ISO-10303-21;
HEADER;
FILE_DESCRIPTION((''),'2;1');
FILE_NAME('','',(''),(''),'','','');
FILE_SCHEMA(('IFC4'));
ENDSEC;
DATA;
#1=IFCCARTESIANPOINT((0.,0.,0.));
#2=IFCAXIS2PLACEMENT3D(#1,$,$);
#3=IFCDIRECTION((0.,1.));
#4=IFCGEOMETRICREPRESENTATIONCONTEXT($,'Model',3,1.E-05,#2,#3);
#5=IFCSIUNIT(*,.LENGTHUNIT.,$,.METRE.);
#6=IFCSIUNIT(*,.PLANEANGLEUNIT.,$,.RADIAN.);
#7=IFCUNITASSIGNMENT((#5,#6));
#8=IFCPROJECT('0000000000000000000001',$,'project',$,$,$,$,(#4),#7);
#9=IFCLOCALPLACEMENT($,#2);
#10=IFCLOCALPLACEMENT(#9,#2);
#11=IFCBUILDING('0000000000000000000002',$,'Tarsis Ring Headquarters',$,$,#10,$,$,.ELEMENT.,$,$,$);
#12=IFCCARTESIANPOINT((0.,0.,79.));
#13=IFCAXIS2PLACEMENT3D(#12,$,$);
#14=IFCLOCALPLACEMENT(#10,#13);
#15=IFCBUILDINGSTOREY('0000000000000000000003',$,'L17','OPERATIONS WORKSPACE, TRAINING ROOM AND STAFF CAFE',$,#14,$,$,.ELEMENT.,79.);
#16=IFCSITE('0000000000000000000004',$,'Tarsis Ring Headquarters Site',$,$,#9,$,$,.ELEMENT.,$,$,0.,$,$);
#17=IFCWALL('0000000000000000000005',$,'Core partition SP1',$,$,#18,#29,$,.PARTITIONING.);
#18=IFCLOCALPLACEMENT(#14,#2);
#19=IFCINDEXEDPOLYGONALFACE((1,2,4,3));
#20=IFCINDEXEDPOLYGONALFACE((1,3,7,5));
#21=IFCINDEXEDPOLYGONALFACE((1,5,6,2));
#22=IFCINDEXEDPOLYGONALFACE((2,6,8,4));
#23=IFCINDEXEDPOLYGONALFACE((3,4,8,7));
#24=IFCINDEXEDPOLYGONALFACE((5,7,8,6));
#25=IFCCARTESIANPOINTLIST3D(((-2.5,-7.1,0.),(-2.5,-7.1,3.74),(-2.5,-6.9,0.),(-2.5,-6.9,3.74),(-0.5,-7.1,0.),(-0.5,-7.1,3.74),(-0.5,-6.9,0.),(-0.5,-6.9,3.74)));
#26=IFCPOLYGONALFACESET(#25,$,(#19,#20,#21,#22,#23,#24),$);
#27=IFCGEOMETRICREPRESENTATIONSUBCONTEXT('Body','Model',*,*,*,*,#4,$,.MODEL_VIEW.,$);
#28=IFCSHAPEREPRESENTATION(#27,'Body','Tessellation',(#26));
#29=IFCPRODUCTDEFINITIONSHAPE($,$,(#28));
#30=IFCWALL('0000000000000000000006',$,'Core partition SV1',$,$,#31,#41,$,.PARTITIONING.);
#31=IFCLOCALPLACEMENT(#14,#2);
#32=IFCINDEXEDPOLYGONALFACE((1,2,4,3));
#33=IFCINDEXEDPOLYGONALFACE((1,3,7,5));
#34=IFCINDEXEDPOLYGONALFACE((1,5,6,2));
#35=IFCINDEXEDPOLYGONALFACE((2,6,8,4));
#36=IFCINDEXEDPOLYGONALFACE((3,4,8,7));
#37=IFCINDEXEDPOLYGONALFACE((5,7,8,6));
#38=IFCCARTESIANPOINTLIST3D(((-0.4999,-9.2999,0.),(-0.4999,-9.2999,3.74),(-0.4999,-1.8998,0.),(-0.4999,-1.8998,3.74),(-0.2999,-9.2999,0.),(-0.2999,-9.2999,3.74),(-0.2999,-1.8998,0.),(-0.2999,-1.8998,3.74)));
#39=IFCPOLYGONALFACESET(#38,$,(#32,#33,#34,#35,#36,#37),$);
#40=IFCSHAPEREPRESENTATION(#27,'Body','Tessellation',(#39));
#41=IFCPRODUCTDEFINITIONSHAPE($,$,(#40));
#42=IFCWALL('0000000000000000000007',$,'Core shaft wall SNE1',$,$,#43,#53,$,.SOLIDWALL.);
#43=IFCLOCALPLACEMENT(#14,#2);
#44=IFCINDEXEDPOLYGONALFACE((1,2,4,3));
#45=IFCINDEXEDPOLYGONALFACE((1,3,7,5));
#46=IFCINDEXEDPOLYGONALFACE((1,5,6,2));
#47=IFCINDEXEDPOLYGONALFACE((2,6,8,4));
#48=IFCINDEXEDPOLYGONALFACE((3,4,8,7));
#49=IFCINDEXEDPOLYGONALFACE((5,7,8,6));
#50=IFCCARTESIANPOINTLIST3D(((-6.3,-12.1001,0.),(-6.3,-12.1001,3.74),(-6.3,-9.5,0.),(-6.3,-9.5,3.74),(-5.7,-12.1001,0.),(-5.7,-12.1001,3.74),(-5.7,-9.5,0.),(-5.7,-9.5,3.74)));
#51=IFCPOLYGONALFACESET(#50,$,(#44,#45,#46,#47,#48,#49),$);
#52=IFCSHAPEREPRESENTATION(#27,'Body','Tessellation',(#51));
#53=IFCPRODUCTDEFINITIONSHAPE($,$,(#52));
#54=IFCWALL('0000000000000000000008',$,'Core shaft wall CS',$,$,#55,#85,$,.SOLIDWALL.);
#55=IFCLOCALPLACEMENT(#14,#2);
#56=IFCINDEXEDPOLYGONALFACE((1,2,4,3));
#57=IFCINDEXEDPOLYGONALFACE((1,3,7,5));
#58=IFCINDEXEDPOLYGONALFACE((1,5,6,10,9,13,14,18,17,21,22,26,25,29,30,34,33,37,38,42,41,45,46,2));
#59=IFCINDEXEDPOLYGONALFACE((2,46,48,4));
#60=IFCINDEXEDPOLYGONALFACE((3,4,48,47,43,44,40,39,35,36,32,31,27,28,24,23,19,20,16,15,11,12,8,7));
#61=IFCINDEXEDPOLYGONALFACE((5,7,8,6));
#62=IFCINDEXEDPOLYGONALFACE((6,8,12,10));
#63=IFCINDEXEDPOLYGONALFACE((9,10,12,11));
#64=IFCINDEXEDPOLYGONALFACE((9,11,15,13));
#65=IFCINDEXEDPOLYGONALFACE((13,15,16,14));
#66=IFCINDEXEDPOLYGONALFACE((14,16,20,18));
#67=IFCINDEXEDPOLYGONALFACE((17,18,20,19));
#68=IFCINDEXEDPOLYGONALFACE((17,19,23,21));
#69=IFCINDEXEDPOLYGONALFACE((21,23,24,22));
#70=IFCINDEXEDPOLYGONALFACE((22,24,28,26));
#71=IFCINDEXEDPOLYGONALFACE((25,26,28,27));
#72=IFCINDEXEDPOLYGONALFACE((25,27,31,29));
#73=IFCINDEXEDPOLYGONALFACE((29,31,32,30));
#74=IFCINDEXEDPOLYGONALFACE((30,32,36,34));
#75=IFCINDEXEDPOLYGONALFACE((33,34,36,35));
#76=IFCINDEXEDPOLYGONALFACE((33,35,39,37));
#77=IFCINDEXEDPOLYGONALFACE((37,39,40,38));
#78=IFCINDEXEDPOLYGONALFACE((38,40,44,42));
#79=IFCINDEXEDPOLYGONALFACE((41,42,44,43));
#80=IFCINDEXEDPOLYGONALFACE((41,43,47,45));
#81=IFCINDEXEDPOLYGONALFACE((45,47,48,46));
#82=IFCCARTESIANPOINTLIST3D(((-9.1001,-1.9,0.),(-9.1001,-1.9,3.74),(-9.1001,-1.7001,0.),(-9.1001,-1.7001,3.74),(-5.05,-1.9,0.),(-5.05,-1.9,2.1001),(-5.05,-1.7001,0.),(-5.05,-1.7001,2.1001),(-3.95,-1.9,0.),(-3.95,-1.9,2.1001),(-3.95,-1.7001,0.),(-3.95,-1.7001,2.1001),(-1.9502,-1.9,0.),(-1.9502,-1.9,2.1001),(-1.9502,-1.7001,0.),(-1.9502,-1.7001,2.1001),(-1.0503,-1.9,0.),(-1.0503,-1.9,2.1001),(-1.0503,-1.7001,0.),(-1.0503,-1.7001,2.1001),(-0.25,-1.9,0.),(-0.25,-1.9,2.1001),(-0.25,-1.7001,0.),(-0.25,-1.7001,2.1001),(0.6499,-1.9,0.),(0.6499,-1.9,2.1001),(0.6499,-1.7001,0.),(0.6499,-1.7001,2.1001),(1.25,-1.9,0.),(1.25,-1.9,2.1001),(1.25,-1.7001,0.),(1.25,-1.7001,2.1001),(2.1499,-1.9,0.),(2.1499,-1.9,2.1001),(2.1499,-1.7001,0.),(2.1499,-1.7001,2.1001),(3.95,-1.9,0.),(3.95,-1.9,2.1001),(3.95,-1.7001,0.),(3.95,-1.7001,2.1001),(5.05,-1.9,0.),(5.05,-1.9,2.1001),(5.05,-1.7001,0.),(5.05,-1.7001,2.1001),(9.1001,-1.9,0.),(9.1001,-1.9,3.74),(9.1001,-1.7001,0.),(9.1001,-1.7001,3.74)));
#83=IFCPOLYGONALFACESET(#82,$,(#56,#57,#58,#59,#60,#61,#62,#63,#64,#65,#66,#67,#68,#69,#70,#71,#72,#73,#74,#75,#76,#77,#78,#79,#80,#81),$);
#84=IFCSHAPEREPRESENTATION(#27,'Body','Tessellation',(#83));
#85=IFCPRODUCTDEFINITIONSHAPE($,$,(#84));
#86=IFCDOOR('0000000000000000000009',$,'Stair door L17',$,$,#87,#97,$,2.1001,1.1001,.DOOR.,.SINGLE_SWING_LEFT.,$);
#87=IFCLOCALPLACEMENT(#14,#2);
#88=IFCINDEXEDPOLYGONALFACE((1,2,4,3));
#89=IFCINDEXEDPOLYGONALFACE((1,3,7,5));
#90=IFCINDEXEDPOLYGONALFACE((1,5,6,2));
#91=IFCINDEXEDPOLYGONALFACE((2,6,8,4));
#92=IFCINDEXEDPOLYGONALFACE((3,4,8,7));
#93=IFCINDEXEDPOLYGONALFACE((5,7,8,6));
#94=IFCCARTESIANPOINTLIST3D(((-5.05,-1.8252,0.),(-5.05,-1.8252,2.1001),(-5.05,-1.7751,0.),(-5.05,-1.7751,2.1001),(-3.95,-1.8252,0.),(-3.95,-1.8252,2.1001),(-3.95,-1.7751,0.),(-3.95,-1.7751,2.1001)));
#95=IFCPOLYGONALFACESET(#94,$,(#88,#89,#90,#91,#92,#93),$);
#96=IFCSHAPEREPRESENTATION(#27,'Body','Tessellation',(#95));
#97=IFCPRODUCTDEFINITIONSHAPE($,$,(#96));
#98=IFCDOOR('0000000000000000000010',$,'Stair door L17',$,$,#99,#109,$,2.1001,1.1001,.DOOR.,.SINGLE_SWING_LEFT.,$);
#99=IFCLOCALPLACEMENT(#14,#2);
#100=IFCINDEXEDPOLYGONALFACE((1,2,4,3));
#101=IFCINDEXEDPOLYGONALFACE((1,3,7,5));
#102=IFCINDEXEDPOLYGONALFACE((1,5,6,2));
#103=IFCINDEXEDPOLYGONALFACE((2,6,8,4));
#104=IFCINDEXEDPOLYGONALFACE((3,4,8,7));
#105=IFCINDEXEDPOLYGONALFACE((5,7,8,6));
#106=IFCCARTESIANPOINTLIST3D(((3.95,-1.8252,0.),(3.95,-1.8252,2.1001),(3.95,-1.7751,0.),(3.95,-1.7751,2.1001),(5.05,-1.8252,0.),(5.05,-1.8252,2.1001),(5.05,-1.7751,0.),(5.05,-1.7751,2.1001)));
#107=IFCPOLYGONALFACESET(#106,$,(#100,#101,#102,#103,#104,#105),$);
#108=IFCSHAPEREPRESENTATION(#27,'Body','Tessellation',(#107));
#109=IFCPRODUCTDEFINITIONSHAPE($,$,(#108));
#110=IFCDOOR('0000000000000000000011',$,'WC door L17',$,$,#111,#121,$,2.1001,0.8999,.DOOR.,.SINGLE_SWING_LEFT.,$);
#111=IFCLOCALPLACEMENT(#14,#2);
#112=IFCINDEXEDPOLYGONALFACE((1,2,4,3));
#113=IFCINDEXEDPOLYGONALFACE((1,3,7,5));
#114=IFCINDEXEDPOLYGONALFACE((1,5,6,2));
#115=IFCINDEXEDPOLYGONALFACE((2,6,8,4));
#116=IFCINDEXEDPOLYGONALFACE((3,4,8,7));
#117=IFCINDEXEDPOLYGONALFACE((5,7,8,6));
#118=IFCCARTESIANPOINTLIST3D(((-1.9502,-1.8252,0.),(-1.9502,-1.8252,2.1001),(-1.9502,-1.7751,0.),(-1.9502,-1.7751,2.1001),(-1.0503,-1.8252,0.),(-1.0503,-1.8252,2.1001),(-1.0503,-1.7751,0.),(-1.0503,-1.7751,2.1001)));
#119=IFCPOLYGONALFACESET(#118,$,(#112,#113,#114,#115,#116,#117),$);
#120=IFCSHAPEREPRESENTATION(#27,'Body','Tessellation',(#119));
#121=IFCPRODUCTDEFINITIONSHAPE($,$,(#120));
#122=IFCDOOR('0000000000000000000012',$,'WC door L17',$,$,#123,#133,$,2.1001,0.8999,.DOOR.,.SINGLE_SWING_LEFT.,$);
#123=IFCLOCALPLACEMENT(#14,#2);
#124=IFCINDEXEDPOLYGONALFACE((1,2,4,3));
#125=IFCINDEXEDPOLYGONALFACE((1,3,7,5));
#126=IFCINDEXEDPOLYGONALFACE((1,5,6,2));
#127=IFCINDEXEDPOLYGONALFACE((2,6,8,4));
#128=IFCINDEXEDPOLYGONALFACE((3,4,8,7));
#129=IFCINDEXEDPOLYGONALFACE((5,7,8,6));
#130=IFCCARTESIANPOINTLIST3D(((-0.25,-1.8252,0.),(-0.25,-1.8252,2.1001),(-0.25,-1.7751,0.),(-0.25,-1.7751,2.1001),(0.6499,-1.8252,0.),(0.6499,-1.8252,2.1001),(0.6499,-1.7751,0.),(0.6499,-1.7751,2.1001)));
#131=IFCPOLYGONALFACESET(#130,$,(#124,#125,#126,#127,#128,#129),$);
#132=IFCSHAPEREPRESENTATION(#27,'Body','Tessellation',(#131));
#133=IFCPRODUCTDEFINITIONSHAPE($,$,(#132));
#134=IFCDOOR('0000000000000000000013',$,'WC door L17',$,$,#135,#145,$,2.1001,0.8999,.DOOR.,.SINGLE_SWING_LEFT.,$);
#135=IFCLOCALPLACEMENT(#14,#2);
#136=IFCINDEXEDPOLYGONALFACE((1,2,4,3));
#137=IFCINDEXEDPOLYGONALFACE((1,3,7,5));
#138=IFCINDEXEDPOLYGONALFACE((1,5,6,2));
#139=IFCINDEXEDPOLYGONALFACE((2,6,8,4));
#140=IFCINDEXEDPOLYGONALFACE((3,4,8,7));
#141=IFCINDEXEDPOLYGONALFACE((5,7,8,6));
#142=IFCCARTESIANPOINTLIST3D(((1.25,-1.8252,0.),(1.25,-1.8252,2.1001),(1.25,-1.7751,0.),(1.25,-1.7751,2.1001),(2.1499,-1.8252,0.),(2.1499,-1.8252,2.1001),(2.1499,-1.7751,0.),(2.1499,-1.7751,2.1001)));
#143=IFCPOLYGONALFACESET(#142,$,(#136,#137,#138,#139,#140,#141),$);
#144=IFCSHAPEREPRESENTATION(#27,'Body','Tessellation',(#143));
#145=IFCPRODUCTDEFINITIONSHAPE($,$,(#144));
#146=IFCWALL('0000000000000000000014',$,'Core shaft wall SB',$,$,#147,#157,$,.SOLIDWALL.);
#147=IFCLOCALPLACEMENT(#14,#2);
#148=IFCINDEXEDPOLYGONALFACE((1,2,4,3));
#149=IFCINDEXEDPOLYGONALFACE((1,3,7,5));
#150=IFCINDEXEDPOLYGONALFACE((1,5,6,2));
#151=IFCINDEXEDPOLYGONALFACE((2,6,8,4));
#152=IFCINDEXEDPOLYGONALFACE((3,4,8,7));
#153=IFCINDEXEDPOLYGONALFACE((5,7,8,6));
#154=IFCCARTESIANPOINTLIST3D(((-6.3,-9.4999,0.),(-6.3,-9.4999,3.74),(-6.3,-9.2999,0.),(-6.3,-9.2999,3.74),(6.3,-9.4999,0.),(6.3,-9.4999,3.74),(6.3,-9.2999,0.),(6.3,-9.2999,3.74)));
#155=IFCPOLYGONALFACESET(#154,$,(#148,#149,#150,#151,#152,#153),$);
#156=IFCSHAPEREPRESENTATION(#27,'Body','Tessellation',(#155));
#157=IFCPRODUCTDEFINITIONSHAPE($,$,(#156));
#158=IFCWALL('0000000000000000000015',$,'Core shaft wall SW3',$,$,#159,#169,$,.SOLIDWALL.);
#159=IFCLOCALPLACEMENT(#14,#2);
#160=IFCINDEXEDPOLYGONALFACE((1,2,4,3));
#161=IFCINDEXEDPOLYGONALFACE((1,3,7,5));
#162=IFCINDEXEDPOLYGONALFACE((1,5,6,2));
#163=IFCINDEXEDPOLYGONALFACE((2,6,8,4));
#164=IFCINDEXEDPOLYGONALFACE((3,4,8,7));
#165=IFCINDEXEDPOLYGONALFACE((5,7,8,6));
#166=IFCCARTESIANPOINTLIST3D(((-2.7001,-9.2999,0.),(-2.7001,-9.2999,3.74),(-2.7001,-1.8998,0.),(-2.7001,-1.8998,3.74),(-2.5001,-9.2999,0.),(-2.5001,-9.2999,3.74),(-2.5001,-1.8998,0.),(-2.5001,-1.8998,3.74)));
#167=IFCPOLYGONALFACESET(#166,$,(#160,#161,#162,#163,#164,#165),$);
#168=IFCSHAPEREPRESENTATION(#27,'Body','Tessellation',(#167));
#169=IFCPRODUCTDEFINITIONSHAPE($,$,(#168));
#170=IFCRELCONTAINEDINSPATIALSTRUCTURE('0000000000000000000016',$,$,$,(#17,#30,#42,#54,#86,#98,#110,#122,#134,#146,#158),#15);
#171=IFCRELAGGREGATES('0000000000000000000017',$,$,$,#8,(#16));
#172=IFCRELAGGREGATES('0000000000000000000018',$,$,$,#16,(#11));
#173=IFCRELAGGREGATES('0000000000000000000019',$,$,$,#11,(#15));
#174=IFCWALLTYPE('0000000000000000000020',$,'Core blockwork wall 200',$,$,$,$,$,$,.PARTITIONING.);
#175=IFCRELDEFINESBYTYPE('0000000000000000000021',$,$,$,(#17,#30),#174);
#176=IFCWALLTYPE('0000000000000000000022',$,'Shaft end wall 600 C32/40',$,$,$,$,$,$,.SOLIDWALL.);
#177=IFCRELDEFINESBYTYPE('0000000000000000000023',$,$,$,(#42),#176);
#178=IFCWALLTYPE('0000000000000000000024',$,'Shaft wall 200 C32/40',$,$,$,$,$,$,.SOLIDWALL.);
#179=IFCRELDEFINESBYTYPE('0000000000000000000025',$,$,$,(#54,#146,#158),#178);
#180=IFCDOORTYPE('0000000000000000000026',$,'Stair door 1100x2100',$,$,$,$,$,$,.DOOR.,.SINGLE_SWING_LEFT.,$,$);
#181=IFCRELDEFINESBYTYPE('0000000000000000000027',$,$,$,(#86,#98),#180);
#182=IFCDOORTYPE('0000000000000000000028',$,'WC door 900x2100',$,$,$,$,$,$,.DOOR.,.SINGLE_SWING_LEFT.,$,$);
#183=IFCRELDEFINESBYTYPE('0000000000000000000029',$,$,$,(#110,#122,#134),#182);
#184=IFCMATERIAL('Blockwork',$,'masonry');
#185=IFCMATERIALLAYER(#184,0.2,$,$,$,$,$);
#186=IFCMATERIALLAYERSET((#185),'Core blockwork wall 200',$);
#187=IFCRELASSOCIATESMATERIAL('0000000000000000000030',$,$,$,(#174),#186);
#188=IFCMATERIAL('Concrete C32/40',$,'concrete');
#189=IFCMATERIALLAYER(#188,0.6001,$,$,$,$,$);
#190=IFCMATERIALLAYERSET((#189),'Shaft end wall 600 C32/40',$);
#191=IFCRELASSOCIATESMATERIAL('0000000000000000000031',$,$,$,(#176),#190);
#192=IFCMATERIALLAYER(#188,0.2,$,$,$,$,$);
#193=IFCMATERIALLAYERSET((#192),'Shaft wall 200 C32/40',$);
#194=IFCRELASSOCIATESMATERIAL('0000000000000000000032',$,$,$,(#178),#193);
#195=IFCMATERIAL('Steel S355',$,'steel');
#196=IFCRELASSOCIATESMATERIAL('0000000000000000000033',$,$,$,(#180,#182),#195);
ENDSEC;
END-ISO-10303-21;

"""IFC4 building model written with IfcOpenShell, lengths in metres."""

from ifc_helpers import new_model, si_unit, direction, frame, frame_2d, origin, place, context, subcontext, project, spatial, rectangle, extrude, material, layer, layer_set, type_object, element, fill, save


model = new_model("IFC4")

# Units and contexts
model_context = context("Model", 3, precision=1e-05, world=origin(), true_north=direction((0.0, 1.0)))
body_context = subcontext(model_context, "Body", "Model", "MODEL_VIEW")
ifc_project = project(units=[si_unit("LENGTHUNIT", "METRE"), si_unit("PLANEANGLEUNIT", "RADIAN")], contexts=[model_context])

# Site, building, storey
site_placement = place(None, origin())
site = spatial("IfcSite", under=ifc_project, at=site_placement, Name="Tarsis Ring Headquarters Site", CompositionType="ELEMENT", RefElevation=0.0)
building_placement = place(site_placement, origin())
building = spatial("IfcBuilding", under=site, at=building_placement, Name="Tarsis Ring Headquarters", CompositionType="ELEMENT")
storey_placement = place(building_placement, frame((0.0, 0.0, 79.0)))
storey = spatial("IfcBuildingStorey", under=building, at=storey_placement, Name="L17", Description="OPERATIONS WORKSPACE, TRAINING ROOM AND STAFF CAFE", CompositionType="ELEMENT", Elevation=79.0)

# Walls
ifc_material_1 = material(Name="Blockwork", Category="masonry")
ifc_layer_1 = layer(ifc_material_1, 0.2)
ifc_layer_set_1 = layer_set([ifc_layer_1], Name="Core blockwork wall 200")
wall_type_1 = type_object("IfcWallType", Name="Core blockwork wall 200", PredefinedType="PARTITIONING", material=ifc_layer_set_1)
wall_1_placement = place(storey_placement, frame((-2.5, -7.0, 0.0), z_axis=(0.0, 0.0, 1.0), x_axis=(1.0, 0.0, 0.0)))
element("IfcWall", 1, at=wall_1_placement, inside=storey, type_object=wall_type_1, Name="Core partition SP1", PredefinedType="PARTITIONING", context=body_context, shape_type="SweptSolid", body=[
    extrude(rectangle(XDim=2.0, YDim=0.2, at=frame_2d((1.0, 0.0))), origin(), (0.0, 0.0, 1.0), 3.74),
])
wall_2_placement = place(storey_placement, frame((-0.3999, -9.3, 0.0), z_axis=(0.0, 0.0, 1.0), x_axis=(0.0, 1.0, 0.0)))
element("IfcWall", 2, at=wall_2_placement, inside=storey, type_object=wall_type_1, Name="Core partition SV1", PredefinedType="PARTITIONING", context=body_context, shape_type="SweptSolid", body=[
    extrude(rectangle(XDim=7.4001, YDim=0.2, at=frame_2d((3.7002, 0.0))), origin(), (0.0, 0.0, 1.0), 3.74),
])
ifc_material_2 = material(Name="Concrete C32/40", Category="concrete")
ifc_layer_2 = layer(ifc_material_2, 0.6001)
ifc_layer_set_2 = layer_set([ifc_layer_2], Name="Shaft end wall 600 C32/40")
wall_type_2 = type_object("IfcWallType", Name="Shaft end wall 600 C32/40", PredefinedType="SOLIDWALL", material=ifc_layer_set_2)
wall_3_placement = place(storey_placement, frame((-6.0, -12.1001, 0.0), z_axis=(0.0, 0.0, 1.0), x_axis=(0.0, 1.0, 0.0)))
element("IfcWall", 3, at=wall_3_placement, inside=storey, type_object=wall_type_2, Name="Core shaft wall SNE1", PredefinedType="SOLIDWALL", context=body_context, shape_type="SweptSolid", body=[
    extrude(rectangle(XDim=2.6001, YDim=0.6001, at=frame_2d((1.3, 0.0))), origin(), (0.0, 0.0, 1.0), 3.74),
])

# Wall, openings, doors
ifc_layer_3 = layer(ifc_material_2, 0.2)
ifc_layer_set_3 = layer_set([ifc_layer_3], Name="Shaft wall 200 C32/40")
wall_type_3 = type_object("IfcWallType", Name="Shaft wall 200 C32/40", PredefinedType="SOLIDWALL", material=ifc_layer_set_3)
wall_4_placement = place(storey_placement, frame((-9.1001, -1.8, 0.0), z_axis=(0.0, 0.0, 1.0), x_axis=(1.0, 0.0, 0.0)))
wall_4 = element("IfcWall", 4, at=wall_4_placement, inside=storey, type_object=wall_type_3, Name="Core shaft wall CS", PredefinedType="SOLIDWALL", context=body_context, shape_type="SweptSolid", body=[
    extrude(rectangle(XDim=18.2002, YDim=0.2, at=frame_2d((9.1001, 0.0))), origin(), (0.0, 0.0, 1.0), 3.74),
])
opening_1_placement = place(wall_4_placement, frame((4.05, 0.0, 0.0)))
opening_1 = element("IfcOpeningElement", 5, at=opening_1_placement, cuts=wall_4, PredefinedType="OPENING", context=body_context, shape_type="SweptSolid", body=[
    extrude(rectangle(XDim=1.1001, YDim=2.1001, at=frame_2d((0.55, 1.05))), frame((0.0, 0.1099, 0.0), z_axis=(0.0, -1.0, 0.0), x_axis=(1.0, 0.0, 0.0)), (0.0, 0.0, 1.0), 0.22),
])
opening_2_placement = place(wall_4_placement, frame((7.1499, 0.0, 0.0)))
opening_2 = element("IfcOpeningElement", 6, at=opening_2_placement, cuts=wall_4, PredefinedType="OPENING", context=body_context, shape_type="SweptSolid", body=[
    extrude(rectangle(XDim=0.8999, YDim=2.1001, at=frame_2d((0.45, 1.05))), frame((0.0, 0.1099, 0.0), z_axis=(0.0, -1.0, 0.0), x_axis=(1.0, 0.0, 0.0)), (0.0, 0.0, 1.0), 0.22),
])
opening_3_placement = place(wall_4_placement, frame((8.8501, 0.0, 0.0)))
opening_3 = element("IfcOpeningElement", 7, at=opening_3_placement, cuts=wall_4, PredefinedType="OPENING", context=body_context, shape_type="SweptSolid", body=[
    extrude(rectangle(XDim=0.8999, YDim=2.1001, at=frame_2d((0.45, 1.05))), frame((0.0, 0.1099, 0.0), z_axis=(0.0, -1.0, 0.0), x_axis=(1.0, 0.0, 0.0)), (0.0, 0.0, 1.0), 0.22),
])
opening_4_placement = place(wall_4_placement, frame((10.3501, 0.0, 0.0)))
opening_4 = element("IfcOpeningElement", 8, at=opening_4_placement, cuts=wall_4, PredefinedType="OPENING", context=body_context, shape_type="SweptSolid", body=[
    extrude(rectangle(XDim=0.8999, YDim=2.1001, at=frame_2d((0.45, 1.05))), frame((0.0, 0.1099, 0.0), z_axis=(0.0, -1.0, 0.0), x_axis=(1.0, 0.0, 0.0)), (0.0, 0.0, 1.0), 0.22),
])
opening_5_placement = place(wall_4_placement, frame((13.05, 0.0, 0.0)))
opening_5 = element("IfcOpeningElement", 9, at=opening_5_placement, cuts=wall_4, PredefinedType="OPENING", context=body_context, shape_type="SweptSolid", body=[
    extrude(rectangle(XDim=1.1001, YDim=2.1001, at=frame_2d((0.55, 1.05))), frame((0.0, 0.1099, 0.0), z_axis=(0.0, -1.0, 0.0), x_axis=(1.0, 0.0, 0.0)), (0.0, 0.0, 1.0), 0.22),
])
ifc_material_3 = material(Name="Steel S355", Category="steel")
door_type_1 = type_object("IfcDoorType", Name="Stair door 1100x2100", OperationType="SINGLE_SWING_LEFT", PredefinedType="DOOR", material=ifc_material_3)
door_1_placement = place(opening_1_placement, origin())
door_1 = element("IfcDoor", 10, at=door_1_placement, inside=storey, type_object=door_type_1, Name="Stair door L17", OperationType="SINGLE_SWING_LEFT", OverallHeight=2.1001, OverallWidth=1.1001, PredefinedType="DOOR", context=body_context, shape_type="SweptSolid", body=[
    extrude(rectangle(XDim=1.1001, YDim=2.1001, at=frame_2d((0.55, 1.05))), frame((0.0, 0.0249, 0.0), z_axis=(0.0, -1.0, 0.0), x_axis=(1.0, 0.0, 0.0)), (0.0, 0.0, 1.0), 0.05),
])
fill(opening_1, door_1)
door_2_placement = place(opening_5_placement, origin())
door_2 = element("IfcDoor", 11, at=door_2_placement, inside=storey, type_object=door_type_1, Name="Stair door L17", OperationType="SINGLE_SWING_LEFT", OverallHeight=2.1001, OverallWidth=1.1001, PredefinedType="DOOR", context=body_context, shape_type="SweptSolid", body=[
    extrude(rectangle(XDim=1.1001, YDim=2.1001, at=frame_2d((0.55, 1.05))), frame((0.0, 0.0249, 0.0), z_axis=(0.0, -1.0, 0.0), x_axis=(1.0, 0.0, 0.0)), (0.0, 0.0, 1.0), 0.05),
])
fill(opening_5, door_2)
door_type_2 = type_object("IfcDoorType", Name="WC door 900x2100", OperationType="SINGLE_SWING_LEFT", PredefinedType="DOOR", material=ifc_material_3)
door_3_placement = place(opening_2_placement, origin())
door_3 = element("IfcDoor", 12, at=door_3_placement, inside=storey, type_object=door_type_2, Name="WC door L17", OperationType="SINGLE_SWING_LEFT", OverallHeight=2.1001, OverallWidth=0.8999, PredefinedType="DOOR", context=body_context, shape_type="SweptSolid", body=[
    extrude(rectangle(XDim=0.8999, YDim=2.1001, at=frame_2d((0.45, 1.05))), frame((0.0, 0.0249, 0.0), z_axis=(0.0, -1.0, 0.0), x_axis=(1.0, 0.0, 0.0)), (0.0, 0.0, 1.0), 0.05),
])
fill(opening_2, door_3)
door_4_placement = place(opening_3_placement, origin())
door_4 = element("IfcDoor", 13, at=door_4_placement, inside=storey, type_object=door_type_2, Name="WC door L17", OperationType="SINGLE_SWING_LEFT", OverallHeight=2.1001, OverallWidth=0.8999, PredefinedType="DOOR", context=body_context, shape_type="SweptSolid", body=[
    extrude(rectangle(XDim=0.8999, YDim=2.1001, at=frame_2d((0.45, 1.05))), frame((0.0, 0.0249, 0.0), z_axis=(0.0, -1.0, 0.0), x_axis=(1.0, 0.0, 0.0)), (0.0, 0.0, 1.0), 0.05),
])
fill(opening_3, door_4)
door_5_placement = place(opening_4_placement, origin())
door_5 = element("IfcDoor", 14, at=door_5_placement, inside=storey, type_object=door_type_2, Name="WC door L17", OperationType="SINGLE_SWING_LEFT", OverallHeight=2.1001, OverallWidth=0.8999, PredefinedType="DOOR", context=body_context, shape_type="SweptSolid", body=[
    extrude(rectangle(XDim=0.8999, YDim=2.1001, at=frame_2d((0.45, 1.05))), frame((0.0, 0.0249, 0.0), z_axis=(0.0, -1.0, 0.0), x_axis=(1.0, 0.0, 0.0)), (0.0, 0.0, 1.0), 0.05),
])
fill(opening_4, door_5)

# Walls
wall_5_placement = place(storey_placement, frame((-6.3, -9.3999, 0.0), z_axis=(0.0, 0.0, 1.0), x_axis=(1.0, 0.0, 0.0)))
element("IfcWall", 15, at=wall_5_placement, inside=storey, type_object=wall_type_3, Name="Core shaft wall SB", PredefinedType="SOLIDWALL", context=body_context, shape_type="SweptSolid", body=[
    extrude(rectangle(XDim=12.6001, YDim=0.2, at=frame_2d((6.3, 0.0))), origin(), (0.0, 0.0, 1.0), 3.74),
])
wall_6_placement = place(storey_placement, frame((-2.6001, -9.3, 0.0), z_axis=(0.0, 0.0, 1.0), x_axis=(0.0, 1.0, 0.0)))
element("IfcWall", 16, at=wall_6_placement, inside=storey, type_object=wall_type_3, Name="Core shaft wall SW3", PredefinedType="SOLIDWALL", context=body_context, shape_type="SweptSolid", body=[
    extrude(rectangle(XDim=7.4001, YDim=0.2, at=frame_2d((3.7002, 0.0))), origin(), (0.0, 0.0, 1.0), 3.74),
])

save(model, "model.ifc")
